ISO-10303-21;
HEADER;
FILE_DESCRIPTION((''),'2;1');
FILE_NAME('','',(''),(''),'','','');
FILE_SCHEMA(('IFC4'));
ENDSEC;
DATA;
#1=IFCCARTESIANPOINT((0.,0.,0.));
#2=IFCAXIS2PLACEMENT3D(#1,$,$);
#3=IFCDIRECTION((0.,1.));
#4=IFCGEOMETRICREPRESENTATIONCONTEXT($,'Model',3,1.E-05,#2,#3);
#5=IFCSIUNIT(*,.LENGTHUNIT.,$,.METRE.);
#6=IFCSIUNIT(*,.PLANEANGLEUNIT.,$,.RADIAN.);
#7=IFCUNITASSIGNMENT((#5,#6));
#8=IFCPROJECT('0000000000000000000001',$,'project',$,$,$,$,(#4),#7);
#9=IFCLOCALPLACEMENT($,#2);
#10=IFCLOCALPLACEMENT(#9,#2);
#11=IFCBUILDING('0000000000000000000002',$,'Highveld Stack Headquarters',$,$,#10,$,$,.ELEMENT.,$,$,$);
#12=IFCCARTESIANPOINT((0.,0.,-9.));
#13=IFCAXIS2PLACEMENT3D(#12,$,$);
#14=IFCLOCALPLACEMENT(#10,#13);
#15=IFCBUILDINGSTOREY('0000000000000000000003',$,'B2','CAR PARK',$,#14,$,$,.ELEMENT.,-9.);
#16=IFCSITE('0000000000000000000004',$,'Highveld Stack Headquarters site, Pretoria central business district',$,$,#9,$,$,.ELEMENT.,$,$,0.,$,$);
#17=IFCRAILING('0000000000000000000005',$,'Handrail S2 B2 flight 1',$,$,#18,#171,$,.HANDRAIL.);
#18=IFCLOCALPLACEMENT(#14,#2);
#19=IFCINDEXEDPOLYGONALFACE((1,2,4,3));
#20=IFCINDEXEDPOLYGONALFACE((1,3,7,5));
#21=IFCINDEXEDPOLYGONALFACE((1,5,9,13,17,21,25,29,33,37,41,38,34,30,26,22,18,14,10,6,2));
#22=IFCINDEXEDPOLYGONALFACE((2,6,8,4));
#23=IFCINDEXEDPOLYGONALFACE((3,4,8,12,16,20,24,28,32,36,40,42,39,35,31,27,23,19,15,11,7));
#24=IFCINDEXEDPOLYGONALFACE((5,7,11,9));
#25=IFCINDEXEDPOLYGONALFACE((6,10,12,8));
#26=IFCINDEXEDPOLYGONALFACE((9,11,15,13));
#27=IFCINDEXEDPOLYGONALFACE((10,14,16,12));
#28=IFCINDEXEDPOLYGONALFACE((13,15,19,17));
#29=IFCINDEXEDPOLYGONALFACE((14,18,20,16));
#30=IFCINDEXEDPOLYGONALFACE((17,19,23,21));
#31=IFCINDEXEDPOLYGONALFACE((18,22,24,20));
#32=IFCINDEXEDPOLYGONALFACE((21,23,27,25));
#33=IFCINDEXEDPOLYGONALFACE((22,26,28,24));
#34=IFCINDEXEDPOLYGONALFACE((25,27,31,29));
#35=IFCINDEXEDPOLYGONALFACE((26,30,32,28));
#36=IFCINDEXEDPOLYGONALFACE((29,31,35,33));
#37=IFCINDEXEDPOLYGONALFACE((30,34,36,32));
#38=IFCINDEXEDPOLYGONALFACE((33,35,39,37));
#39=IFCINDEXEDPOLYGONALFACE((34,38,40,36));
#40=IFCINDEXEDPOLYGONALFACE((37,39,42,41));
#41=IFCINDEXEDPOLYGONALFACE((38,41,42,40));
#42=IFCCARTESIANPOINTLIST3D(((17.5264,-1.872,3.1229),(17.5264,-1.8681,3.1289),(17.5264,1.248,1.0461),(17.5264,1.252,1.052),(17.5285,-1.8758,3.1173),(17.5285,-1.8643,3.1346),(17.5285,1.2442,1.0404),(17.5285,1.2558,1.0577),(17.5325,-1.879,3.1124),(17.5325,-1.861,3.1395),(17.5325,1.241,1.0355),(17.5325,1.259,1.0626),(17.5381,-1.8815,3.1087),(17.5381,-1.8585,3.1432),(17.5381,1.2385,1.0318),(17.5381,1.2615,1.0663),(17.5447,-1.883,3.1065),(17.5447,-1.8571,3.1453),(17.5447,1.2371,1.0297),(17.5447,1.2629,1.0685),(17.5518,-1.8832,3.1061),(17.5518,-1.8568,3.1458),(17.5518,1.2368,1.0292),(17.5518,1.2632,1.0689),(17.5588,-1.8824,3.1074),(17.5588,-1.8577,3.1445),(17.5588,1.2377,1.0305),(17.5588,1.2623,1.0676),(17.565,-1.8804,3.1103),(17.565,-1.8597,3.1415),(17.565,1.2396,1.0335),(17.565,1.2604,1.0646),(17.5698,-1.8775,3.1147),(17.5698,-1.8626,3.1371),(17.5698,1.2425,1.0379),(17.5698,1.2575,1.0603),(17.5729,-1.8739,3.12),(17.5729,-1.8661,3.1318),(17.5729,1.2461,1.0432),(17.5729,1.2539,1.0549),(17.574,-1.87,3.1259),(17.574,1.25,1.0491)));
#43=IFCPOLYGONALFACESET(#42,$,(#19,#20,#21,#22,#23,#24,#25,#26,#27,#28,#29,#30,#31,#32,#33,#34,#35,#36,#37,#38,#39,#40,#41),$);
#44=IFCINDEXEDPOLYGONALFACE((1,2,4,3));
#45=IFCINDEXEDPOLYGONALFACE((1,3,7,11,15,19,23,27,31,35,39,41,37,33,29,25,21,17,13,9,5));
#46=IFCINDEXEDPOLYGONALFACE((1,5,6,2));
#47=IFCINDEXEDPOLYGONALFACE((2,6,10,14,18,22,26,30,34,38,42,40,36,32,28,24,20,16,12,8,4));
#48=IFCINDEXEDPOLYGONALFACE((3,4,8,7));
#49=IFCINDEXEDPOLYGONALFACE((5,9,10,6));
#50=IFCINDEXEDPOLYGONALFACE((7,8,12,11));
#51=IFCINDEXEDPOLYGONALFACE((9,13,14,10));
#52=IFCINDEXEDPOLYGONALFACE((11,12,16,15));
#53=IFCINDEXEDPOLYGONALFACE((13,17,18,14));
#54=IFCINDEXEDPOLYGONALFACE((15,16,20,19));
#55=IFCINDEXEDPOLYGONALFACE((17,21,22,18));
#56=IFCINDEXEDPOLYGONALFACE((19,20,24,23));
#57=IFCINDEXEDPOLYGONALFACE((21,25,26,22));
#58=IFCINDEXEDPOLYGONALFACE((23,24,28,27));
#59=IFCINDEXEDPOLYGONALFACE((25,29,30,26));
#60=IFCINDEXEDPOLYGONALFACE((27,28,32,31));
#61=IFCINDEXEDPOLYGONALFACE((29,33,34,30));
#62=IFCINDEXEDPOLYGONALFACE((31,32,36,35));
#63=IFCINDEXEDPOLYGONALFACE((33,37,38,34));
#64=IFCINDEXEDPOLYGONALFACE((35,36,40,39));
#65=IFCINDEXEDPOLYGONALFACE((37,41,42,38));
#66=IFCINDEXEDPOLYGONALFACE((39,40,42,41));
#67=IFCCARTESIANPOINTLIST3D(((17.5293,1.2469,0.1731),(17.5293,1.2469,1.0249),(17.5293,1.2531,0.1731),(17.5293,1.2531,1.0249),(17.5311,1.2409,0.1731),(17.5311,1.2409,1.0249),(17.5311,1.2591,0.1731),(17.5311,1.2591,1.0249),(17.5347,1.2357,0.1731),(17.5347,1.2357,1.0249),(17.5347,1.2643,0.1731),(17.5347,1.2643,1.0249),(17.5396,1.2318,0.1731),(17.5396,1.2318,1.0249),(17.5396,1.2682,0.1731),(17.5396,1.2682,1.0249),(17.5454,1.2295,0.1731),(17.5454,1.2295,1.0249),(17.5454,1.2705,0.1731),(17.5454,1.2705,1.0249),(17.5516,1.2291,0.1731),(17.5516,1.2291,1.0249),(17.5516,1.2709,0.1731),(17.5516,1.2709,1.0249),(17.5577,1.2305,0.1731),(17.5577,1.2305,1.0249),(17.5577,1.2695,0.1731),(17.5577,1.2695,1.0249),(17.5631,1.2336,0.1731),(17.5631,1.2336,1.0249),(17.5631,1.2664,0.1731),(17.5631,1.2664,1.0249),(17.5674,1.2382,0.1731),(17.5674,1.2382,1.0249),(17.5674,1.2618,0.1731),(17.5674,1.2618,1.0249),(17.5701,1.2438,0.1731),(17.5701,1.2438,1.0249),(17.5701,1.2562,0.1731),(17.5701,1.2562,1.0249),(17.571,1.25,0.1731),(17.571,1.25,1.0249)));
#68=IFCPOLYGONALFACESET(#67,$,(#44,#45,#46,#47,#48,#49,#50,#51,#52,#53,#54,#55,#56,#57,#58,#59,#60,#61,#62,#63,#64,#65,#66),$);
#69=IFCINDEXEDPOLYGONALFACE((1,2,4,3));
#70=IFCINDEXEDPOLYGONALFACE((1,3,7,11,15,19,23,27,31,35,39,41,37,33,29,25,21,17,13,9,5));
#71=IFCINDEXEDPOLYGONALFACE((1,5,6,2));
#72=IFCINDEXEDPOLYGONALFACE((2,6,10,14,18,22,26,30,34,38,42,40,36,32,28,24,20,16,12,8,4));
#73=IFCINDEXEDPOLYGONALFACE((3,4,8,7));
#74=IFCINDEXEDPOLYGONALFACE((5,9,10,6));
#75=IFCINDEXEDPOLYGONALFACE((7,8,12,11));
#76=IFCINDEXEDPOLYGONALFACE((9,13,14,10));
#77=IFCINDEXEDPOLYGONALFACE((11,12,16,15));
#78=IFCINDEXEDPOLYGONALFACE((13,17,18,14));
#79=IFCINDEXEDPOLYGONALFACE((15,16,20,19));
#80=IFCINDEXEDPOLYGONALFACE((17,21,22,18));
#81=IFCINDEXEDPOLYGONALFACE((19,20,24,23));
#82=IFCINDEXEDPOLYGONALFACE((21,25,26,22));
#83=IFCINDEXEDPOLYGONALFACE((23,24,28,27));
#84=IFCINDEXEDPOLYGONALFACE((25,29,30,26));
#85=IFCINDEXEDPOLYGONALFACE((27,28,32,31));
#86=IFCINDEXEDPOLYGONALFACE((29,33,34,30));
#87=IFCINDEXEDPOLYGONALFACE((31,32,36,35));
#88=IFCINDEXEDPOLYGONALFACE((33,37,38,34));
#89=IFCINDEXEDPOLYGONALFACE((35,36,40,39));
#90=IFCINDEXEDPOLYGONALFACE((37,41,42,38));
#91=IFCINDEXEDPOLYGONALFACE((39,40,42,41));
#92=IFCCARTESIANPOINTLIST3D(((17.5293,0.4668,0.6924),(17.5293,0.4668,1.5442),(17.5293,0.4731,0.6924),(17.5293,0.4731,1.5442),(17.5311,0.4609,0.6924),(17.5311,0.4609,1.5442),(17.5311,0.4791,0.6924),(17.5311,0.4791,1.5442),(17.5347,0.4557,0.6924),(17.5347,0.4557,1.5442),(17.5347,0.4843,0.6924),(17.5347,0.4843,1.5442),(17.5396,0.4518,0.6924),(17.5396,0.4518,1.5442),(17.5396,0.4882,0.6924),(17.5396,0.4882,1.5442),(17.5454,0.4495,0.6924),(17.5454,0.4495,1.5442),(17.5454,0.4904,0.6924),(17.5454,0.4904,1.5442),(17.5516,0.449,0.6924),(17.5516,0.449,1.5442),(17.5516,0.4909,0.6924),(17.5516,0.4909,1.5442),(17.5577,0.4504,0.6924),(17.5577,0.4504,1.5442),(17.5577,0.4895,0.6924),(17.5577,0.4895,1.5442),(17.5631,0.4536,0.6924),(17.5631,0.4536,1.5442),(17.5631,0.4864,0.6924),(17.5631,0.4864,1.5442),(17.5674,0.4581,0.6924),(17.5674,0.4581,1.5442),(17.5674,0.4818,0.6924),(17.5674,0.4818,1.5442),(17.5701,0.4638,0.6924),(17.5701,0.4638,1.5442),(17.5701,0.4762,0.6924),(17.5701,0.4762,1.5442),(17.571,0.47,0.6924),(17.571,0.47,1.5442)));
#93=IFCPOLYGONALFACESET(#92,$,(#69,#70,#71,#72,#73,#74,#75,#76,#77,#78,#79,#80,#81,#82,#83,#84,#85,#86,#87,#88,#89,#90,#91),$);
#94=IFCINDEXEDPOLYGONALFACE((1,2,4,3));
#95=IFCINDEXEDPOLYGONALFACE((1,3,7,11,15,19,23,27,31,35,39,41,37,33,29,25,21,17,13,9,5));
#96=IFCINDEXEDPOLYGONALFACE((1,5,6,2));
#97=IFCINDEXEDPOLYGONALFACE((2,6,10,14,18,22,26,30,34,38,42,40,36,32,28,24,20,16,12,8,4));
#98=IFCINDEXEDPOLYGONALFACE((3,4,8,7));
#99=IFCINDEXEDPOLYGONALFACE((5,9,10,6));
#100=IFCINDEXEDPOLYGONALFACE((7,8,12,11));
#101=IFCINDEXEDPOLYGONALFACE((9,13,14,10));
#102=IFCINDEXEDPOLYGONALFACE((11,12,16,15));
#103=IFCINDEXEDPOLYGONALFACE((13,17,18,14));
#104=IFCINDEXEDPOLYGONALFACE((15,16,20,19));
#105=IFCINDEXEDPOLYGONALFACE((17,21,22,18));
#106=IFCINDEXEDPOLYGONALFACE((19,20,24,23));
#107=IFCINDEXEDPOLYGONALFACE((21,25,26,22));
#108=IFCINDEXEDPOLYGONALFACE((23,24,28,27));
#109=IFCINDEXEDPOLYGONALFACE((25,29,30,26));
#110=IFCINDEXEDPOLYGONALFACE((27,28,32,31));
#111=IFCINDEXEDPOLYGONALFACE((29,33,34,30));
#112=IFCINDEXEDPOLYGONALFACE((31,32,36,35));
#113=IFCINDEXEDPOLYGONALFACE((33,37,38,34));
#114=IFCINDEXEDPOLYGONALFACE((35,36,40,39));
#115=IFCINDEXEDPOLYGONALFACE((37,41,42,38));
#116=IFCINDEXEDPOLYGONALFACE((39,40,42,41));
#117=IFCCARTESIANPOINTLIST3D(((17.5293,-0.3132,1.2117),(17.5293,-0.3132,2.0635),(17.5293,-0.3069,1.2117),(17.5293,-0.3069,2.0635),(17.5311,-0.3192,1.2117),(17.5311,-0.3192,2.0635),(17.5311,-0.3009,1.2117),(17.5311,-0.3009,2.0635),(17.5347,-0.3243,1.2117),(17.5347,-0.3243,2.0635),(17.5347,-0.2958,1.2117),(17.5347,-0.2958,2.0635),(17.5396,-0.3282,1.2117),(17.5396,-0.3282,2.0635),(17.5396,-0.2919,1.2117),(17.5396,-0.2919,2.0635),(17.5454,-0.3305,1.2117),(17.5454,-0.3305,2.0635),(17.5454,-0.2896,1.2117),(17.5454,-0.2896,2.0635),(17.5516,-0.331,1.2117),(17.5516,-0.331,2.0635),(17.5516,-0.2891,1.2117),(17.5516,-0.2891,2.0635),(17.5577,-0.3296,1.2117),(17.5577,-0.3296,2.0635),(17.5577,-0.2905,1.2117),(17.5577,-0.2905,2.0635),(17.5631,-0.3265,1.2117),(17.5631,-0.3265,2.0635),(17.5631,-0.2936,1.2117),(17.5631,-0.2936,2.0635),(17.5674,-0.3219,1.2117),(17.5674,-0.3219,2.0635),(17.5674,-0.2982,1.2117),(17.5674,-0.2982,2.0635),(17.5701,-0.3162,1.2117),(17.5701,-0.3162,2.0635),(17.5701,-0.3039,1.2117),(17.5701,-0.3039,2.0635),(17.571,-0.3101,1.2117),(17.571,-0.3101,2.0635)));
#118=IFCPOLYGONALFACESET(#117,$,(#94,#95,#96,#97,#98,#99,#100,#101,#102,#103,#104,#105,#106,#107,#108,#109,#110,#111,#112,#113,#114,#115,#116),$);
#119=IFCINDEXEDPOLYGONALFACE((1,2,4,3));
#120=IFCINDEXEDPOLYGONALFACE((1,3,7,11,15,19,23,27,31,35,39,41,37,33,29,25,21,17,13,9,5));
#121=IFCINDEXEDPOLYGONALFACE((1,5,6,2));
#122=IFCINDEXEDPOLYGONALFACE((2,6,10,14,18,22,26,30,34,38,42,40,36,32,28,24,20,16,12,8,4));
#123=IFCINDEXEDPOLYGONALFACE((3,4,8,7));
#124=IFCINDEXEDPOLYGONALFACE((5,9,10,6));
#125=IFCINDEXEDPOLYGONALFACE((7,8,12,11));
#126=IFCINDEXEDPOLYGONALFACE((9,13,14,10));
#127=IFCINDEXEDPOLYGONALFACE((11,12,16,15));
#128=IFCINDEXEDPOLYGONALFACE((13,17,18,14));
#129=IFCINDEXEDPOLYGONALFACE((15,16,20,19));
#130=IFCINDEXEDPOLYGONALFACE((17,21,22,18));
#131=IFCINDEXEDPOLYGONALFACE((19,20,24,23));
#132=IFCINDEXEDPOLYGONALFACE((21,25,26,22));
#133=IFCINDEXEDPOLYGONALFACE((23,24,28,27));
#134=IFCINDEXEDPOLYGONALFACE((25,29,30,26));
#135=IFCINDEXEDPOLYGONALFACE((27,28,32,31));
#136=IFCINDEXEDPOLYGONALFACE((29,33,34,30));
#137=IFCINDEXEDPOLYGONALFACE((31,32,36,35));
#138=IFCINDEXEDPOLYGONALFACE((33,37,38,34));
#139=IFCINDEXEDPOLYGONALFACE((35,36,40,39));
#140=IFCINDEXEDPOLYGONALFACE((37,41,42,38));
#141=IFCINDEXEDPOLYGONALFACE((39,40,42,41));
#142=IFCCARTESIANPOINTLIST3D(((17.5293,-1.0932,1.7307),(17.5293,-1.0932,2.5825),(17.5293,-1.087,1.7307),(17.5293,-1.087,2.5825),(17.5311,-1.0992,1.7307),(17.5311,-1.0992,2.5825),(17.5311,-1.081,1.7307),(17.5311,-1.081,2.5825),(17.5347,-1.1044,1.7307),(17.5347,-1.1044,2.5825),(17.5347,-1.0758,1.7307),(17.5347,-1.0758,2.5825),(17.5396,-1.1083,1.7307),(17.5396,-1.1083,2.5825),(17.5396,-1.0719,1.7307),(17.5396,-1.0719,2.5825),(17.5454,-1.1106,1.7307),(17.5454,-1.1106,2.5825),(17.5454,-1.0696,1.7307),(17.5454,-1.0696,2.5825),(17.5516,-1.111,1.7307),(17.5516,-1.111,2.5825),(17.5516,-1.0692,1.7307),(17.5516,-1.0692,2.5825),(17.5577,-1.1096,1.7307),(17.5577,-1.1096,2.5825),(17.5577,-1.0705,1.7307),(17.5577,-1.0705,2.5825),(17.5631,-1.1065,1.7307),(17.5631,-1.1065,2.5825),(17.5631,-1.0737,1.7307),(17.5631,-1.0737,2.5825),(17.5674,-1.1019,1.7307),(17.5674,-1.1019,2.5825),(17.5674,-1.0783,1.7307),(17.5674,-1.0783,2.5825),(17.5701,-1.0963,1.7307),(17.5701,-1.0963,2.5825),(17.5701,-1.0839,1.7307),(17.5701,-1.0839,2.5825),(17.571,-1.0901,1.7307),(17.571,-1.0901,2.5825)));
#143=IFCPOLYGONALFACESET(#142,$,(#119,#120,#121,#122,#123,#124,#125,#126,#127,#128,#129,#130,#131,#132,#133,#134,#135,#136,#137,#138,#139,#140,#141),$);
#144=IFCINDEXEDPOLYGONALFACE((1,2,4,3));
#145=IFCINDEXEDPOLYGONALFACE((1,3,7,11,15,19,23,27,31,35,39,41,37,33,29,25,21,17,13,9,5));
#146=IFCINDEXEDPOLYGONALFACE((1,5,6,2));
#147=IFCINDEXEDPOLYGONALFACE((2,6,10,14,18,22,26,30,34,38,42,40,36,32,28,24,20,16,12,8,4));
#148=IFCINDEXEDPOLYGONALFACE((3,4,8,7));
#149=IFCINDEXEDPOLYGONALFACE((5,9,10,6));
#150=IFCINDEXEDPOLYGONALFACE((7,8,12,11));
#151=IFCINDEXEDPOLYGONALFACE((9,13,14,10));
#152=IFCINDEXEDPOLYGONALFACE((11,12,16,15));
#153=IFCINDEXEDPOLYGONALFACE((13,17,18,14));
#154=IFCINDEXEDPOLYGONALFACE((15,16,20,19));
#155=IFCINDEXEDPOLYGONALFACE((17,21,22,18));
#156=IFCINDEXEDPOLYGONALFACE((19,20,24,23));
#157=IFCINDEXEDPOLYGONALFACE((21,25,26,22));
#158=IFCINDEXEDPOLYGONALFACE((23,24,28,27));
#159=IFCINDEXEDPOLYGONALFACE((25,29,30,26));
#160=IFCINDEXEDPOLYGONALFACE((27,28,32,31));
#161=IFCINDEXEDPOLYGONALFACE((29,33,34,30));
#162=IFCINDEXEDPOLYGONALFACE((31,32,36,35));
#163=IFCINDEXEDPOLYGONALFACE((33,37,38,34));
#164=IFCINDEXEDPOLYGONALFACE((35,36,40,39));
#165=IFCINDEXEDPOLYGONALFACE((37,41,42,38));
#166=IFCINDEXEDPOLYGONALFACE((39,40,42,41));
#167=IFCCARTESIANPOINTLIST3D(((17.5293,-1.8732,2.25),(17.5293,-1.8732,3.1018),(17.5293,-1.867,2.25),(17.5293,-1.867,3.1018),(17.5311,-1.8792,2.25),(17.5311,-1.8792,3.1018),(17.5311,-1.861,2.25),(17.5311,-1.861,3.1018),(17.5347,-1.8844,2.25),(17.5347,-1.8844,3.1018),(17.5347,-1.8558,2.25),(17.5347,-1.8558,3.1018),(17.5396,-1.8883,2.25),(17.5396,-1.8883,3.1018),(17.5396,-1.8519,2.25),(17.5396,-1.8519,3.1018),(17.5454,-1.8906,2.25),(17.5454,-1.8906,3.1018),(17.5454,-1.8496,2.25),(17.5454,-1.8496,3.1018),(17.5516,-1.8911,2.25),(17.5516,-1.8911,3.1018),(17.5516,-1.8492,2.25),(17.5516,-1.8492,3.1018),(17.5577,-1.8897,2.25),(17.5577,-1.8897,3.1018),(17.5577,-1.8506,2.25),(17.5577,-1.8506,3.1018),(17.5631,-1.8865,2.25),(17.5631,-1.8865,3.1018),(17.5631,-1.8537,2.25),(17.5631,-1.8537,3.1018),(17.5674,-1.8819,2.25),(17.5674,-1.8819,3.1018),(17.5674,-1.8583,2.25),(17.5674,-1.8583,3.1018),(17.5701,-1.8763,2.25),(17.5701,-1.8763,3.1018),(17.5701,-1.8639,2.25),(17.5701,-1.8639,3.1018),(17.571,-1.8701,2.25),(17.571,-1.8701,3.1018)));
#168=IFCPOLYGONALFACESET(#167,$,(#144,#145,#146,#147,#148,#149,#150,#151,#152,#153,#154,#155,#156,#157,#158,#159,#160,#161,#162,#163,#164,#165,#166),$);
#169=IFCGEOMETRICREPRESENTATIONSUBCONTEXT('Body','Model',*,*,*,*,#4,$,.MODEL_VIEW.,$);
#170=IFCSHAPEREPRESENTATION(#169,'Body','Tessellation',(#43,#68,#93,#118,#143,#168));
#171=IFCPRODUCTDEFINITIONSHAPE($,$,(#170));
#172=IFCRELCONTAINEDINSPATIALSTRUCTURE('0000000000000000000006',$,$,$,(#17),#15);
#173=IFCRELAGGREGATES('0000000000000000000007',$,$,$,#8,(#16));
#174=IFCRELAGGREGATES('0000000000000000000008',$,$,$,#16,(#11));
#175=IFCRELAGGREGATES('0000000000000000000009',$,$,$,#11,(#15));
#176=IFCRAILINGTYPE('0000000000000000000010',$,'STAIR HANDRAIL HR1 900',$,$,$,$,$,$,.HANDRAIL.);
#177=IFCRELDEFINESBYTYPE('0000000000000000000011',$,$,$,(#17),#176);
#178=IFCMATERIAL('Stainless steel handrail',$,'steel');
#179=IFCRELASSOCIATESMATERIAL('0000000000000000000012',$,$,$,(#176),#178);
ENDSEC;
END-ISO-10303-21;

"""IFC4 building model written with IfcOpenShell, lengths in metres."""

from ifc_helpers import new_model, si_unit, direction, frame, origin, origin_2d, place, context, subcontext, project, spatial, circle, extrude, material, type_object, element, save


model = new_model("IFC4")

# Units and contexts
model_context = context("Model", 3, precision=1e-05, world=origin(), true_north=direction((0.0, 1.0)))
body_context = subcontext(model_context, "Body", "Model", "MODEL_VIEW")
ifc_project = project(units=[si_unit("LENGTHUNIT", "METRE"), si_unit("PLANEANGLEUNIT", "RADIAN")], contexts=[model_context])

# Site, building, storey
site_placement = place(None, origin())
site = spatial("IfcSite", under=ifc_project, at=site_placement, Name="Highveld Stack Headquarters site, Pretoria central business district", CompositionType="ELEMENT", RefElevation=0.0)
building_placement = place(site_placement, origin())
building = spatial("IfcBuilding", under=site, at=building_placement, Name="Highveld Stack Headquarters", CompositionType="ELEMENT")
storey_placement = place(building_placement, frame((0.0, 0.0, -9.0)))
storey = spatial("IfcBuildingStorey", under=building, at=storey_placement, Name="B2", Description="CAR PARK", CompositionType="ELEMENT", Elevation=-9.0)

# Railing
ifc_material_1 = material(Name="Stainless steel handrail", Category="steel")
railing_type = type_object("IfcRailingType", Name="STAIR HANDRAIL HR1 900", PredefinedType="HANDRAIL", material=ifc_material_1)
for number, where, name in (
    (1, (17.55, 1.25, 0.1731), "Handrail S2 B2 flight 1"),
):
    element("IfcRailing", number, at=place(storey_placement, frame(where)), inside=storey, type_object=railing_type, Name=name, PredefinedType="HANDRAIL", context=body_context, shape_type="SweptSolid", body=[
        extrude(circle(Radius=0.0239, at=origin_2d()), frame((0.0, 0.0, 0.876), z_axis=(0.0, -0.832441, 0.554114), x_axis=(1.0, 0.0, 0.0)), (0.0, 0.0, 1.0), 3.748),
        extrude(circle(Radius=0.021, at=origin_2d()), origin(), (0.0, 0.0, 1.0), 0.8518),
        extrude(circle(Radius=0.021, at=origin_2d()), frame((0.0, -0.78, 0.5193)), (0.0, 0.0, 1.0), 0.8518),
        extrude(circle(Radius=0.021, at=origin_2d()), frame((0.0, -1.5601, 1.0386)), (0.0, 0.0, 1.0), 0.8518),
        extrude(circle(Radius=0.021, at=origin_2d()), frame((0.0, -2.3401, 1.5576)), (0.0, 0.0, 1.0), 0.8518),
        extrude(circle(Radius=0.021, at=origin_2d()), frame((0.0, -3.1201, 2.0769)), (0.0, 0.0, 1.0), 0.8518),
    ])

save(model, "model.ifc")
